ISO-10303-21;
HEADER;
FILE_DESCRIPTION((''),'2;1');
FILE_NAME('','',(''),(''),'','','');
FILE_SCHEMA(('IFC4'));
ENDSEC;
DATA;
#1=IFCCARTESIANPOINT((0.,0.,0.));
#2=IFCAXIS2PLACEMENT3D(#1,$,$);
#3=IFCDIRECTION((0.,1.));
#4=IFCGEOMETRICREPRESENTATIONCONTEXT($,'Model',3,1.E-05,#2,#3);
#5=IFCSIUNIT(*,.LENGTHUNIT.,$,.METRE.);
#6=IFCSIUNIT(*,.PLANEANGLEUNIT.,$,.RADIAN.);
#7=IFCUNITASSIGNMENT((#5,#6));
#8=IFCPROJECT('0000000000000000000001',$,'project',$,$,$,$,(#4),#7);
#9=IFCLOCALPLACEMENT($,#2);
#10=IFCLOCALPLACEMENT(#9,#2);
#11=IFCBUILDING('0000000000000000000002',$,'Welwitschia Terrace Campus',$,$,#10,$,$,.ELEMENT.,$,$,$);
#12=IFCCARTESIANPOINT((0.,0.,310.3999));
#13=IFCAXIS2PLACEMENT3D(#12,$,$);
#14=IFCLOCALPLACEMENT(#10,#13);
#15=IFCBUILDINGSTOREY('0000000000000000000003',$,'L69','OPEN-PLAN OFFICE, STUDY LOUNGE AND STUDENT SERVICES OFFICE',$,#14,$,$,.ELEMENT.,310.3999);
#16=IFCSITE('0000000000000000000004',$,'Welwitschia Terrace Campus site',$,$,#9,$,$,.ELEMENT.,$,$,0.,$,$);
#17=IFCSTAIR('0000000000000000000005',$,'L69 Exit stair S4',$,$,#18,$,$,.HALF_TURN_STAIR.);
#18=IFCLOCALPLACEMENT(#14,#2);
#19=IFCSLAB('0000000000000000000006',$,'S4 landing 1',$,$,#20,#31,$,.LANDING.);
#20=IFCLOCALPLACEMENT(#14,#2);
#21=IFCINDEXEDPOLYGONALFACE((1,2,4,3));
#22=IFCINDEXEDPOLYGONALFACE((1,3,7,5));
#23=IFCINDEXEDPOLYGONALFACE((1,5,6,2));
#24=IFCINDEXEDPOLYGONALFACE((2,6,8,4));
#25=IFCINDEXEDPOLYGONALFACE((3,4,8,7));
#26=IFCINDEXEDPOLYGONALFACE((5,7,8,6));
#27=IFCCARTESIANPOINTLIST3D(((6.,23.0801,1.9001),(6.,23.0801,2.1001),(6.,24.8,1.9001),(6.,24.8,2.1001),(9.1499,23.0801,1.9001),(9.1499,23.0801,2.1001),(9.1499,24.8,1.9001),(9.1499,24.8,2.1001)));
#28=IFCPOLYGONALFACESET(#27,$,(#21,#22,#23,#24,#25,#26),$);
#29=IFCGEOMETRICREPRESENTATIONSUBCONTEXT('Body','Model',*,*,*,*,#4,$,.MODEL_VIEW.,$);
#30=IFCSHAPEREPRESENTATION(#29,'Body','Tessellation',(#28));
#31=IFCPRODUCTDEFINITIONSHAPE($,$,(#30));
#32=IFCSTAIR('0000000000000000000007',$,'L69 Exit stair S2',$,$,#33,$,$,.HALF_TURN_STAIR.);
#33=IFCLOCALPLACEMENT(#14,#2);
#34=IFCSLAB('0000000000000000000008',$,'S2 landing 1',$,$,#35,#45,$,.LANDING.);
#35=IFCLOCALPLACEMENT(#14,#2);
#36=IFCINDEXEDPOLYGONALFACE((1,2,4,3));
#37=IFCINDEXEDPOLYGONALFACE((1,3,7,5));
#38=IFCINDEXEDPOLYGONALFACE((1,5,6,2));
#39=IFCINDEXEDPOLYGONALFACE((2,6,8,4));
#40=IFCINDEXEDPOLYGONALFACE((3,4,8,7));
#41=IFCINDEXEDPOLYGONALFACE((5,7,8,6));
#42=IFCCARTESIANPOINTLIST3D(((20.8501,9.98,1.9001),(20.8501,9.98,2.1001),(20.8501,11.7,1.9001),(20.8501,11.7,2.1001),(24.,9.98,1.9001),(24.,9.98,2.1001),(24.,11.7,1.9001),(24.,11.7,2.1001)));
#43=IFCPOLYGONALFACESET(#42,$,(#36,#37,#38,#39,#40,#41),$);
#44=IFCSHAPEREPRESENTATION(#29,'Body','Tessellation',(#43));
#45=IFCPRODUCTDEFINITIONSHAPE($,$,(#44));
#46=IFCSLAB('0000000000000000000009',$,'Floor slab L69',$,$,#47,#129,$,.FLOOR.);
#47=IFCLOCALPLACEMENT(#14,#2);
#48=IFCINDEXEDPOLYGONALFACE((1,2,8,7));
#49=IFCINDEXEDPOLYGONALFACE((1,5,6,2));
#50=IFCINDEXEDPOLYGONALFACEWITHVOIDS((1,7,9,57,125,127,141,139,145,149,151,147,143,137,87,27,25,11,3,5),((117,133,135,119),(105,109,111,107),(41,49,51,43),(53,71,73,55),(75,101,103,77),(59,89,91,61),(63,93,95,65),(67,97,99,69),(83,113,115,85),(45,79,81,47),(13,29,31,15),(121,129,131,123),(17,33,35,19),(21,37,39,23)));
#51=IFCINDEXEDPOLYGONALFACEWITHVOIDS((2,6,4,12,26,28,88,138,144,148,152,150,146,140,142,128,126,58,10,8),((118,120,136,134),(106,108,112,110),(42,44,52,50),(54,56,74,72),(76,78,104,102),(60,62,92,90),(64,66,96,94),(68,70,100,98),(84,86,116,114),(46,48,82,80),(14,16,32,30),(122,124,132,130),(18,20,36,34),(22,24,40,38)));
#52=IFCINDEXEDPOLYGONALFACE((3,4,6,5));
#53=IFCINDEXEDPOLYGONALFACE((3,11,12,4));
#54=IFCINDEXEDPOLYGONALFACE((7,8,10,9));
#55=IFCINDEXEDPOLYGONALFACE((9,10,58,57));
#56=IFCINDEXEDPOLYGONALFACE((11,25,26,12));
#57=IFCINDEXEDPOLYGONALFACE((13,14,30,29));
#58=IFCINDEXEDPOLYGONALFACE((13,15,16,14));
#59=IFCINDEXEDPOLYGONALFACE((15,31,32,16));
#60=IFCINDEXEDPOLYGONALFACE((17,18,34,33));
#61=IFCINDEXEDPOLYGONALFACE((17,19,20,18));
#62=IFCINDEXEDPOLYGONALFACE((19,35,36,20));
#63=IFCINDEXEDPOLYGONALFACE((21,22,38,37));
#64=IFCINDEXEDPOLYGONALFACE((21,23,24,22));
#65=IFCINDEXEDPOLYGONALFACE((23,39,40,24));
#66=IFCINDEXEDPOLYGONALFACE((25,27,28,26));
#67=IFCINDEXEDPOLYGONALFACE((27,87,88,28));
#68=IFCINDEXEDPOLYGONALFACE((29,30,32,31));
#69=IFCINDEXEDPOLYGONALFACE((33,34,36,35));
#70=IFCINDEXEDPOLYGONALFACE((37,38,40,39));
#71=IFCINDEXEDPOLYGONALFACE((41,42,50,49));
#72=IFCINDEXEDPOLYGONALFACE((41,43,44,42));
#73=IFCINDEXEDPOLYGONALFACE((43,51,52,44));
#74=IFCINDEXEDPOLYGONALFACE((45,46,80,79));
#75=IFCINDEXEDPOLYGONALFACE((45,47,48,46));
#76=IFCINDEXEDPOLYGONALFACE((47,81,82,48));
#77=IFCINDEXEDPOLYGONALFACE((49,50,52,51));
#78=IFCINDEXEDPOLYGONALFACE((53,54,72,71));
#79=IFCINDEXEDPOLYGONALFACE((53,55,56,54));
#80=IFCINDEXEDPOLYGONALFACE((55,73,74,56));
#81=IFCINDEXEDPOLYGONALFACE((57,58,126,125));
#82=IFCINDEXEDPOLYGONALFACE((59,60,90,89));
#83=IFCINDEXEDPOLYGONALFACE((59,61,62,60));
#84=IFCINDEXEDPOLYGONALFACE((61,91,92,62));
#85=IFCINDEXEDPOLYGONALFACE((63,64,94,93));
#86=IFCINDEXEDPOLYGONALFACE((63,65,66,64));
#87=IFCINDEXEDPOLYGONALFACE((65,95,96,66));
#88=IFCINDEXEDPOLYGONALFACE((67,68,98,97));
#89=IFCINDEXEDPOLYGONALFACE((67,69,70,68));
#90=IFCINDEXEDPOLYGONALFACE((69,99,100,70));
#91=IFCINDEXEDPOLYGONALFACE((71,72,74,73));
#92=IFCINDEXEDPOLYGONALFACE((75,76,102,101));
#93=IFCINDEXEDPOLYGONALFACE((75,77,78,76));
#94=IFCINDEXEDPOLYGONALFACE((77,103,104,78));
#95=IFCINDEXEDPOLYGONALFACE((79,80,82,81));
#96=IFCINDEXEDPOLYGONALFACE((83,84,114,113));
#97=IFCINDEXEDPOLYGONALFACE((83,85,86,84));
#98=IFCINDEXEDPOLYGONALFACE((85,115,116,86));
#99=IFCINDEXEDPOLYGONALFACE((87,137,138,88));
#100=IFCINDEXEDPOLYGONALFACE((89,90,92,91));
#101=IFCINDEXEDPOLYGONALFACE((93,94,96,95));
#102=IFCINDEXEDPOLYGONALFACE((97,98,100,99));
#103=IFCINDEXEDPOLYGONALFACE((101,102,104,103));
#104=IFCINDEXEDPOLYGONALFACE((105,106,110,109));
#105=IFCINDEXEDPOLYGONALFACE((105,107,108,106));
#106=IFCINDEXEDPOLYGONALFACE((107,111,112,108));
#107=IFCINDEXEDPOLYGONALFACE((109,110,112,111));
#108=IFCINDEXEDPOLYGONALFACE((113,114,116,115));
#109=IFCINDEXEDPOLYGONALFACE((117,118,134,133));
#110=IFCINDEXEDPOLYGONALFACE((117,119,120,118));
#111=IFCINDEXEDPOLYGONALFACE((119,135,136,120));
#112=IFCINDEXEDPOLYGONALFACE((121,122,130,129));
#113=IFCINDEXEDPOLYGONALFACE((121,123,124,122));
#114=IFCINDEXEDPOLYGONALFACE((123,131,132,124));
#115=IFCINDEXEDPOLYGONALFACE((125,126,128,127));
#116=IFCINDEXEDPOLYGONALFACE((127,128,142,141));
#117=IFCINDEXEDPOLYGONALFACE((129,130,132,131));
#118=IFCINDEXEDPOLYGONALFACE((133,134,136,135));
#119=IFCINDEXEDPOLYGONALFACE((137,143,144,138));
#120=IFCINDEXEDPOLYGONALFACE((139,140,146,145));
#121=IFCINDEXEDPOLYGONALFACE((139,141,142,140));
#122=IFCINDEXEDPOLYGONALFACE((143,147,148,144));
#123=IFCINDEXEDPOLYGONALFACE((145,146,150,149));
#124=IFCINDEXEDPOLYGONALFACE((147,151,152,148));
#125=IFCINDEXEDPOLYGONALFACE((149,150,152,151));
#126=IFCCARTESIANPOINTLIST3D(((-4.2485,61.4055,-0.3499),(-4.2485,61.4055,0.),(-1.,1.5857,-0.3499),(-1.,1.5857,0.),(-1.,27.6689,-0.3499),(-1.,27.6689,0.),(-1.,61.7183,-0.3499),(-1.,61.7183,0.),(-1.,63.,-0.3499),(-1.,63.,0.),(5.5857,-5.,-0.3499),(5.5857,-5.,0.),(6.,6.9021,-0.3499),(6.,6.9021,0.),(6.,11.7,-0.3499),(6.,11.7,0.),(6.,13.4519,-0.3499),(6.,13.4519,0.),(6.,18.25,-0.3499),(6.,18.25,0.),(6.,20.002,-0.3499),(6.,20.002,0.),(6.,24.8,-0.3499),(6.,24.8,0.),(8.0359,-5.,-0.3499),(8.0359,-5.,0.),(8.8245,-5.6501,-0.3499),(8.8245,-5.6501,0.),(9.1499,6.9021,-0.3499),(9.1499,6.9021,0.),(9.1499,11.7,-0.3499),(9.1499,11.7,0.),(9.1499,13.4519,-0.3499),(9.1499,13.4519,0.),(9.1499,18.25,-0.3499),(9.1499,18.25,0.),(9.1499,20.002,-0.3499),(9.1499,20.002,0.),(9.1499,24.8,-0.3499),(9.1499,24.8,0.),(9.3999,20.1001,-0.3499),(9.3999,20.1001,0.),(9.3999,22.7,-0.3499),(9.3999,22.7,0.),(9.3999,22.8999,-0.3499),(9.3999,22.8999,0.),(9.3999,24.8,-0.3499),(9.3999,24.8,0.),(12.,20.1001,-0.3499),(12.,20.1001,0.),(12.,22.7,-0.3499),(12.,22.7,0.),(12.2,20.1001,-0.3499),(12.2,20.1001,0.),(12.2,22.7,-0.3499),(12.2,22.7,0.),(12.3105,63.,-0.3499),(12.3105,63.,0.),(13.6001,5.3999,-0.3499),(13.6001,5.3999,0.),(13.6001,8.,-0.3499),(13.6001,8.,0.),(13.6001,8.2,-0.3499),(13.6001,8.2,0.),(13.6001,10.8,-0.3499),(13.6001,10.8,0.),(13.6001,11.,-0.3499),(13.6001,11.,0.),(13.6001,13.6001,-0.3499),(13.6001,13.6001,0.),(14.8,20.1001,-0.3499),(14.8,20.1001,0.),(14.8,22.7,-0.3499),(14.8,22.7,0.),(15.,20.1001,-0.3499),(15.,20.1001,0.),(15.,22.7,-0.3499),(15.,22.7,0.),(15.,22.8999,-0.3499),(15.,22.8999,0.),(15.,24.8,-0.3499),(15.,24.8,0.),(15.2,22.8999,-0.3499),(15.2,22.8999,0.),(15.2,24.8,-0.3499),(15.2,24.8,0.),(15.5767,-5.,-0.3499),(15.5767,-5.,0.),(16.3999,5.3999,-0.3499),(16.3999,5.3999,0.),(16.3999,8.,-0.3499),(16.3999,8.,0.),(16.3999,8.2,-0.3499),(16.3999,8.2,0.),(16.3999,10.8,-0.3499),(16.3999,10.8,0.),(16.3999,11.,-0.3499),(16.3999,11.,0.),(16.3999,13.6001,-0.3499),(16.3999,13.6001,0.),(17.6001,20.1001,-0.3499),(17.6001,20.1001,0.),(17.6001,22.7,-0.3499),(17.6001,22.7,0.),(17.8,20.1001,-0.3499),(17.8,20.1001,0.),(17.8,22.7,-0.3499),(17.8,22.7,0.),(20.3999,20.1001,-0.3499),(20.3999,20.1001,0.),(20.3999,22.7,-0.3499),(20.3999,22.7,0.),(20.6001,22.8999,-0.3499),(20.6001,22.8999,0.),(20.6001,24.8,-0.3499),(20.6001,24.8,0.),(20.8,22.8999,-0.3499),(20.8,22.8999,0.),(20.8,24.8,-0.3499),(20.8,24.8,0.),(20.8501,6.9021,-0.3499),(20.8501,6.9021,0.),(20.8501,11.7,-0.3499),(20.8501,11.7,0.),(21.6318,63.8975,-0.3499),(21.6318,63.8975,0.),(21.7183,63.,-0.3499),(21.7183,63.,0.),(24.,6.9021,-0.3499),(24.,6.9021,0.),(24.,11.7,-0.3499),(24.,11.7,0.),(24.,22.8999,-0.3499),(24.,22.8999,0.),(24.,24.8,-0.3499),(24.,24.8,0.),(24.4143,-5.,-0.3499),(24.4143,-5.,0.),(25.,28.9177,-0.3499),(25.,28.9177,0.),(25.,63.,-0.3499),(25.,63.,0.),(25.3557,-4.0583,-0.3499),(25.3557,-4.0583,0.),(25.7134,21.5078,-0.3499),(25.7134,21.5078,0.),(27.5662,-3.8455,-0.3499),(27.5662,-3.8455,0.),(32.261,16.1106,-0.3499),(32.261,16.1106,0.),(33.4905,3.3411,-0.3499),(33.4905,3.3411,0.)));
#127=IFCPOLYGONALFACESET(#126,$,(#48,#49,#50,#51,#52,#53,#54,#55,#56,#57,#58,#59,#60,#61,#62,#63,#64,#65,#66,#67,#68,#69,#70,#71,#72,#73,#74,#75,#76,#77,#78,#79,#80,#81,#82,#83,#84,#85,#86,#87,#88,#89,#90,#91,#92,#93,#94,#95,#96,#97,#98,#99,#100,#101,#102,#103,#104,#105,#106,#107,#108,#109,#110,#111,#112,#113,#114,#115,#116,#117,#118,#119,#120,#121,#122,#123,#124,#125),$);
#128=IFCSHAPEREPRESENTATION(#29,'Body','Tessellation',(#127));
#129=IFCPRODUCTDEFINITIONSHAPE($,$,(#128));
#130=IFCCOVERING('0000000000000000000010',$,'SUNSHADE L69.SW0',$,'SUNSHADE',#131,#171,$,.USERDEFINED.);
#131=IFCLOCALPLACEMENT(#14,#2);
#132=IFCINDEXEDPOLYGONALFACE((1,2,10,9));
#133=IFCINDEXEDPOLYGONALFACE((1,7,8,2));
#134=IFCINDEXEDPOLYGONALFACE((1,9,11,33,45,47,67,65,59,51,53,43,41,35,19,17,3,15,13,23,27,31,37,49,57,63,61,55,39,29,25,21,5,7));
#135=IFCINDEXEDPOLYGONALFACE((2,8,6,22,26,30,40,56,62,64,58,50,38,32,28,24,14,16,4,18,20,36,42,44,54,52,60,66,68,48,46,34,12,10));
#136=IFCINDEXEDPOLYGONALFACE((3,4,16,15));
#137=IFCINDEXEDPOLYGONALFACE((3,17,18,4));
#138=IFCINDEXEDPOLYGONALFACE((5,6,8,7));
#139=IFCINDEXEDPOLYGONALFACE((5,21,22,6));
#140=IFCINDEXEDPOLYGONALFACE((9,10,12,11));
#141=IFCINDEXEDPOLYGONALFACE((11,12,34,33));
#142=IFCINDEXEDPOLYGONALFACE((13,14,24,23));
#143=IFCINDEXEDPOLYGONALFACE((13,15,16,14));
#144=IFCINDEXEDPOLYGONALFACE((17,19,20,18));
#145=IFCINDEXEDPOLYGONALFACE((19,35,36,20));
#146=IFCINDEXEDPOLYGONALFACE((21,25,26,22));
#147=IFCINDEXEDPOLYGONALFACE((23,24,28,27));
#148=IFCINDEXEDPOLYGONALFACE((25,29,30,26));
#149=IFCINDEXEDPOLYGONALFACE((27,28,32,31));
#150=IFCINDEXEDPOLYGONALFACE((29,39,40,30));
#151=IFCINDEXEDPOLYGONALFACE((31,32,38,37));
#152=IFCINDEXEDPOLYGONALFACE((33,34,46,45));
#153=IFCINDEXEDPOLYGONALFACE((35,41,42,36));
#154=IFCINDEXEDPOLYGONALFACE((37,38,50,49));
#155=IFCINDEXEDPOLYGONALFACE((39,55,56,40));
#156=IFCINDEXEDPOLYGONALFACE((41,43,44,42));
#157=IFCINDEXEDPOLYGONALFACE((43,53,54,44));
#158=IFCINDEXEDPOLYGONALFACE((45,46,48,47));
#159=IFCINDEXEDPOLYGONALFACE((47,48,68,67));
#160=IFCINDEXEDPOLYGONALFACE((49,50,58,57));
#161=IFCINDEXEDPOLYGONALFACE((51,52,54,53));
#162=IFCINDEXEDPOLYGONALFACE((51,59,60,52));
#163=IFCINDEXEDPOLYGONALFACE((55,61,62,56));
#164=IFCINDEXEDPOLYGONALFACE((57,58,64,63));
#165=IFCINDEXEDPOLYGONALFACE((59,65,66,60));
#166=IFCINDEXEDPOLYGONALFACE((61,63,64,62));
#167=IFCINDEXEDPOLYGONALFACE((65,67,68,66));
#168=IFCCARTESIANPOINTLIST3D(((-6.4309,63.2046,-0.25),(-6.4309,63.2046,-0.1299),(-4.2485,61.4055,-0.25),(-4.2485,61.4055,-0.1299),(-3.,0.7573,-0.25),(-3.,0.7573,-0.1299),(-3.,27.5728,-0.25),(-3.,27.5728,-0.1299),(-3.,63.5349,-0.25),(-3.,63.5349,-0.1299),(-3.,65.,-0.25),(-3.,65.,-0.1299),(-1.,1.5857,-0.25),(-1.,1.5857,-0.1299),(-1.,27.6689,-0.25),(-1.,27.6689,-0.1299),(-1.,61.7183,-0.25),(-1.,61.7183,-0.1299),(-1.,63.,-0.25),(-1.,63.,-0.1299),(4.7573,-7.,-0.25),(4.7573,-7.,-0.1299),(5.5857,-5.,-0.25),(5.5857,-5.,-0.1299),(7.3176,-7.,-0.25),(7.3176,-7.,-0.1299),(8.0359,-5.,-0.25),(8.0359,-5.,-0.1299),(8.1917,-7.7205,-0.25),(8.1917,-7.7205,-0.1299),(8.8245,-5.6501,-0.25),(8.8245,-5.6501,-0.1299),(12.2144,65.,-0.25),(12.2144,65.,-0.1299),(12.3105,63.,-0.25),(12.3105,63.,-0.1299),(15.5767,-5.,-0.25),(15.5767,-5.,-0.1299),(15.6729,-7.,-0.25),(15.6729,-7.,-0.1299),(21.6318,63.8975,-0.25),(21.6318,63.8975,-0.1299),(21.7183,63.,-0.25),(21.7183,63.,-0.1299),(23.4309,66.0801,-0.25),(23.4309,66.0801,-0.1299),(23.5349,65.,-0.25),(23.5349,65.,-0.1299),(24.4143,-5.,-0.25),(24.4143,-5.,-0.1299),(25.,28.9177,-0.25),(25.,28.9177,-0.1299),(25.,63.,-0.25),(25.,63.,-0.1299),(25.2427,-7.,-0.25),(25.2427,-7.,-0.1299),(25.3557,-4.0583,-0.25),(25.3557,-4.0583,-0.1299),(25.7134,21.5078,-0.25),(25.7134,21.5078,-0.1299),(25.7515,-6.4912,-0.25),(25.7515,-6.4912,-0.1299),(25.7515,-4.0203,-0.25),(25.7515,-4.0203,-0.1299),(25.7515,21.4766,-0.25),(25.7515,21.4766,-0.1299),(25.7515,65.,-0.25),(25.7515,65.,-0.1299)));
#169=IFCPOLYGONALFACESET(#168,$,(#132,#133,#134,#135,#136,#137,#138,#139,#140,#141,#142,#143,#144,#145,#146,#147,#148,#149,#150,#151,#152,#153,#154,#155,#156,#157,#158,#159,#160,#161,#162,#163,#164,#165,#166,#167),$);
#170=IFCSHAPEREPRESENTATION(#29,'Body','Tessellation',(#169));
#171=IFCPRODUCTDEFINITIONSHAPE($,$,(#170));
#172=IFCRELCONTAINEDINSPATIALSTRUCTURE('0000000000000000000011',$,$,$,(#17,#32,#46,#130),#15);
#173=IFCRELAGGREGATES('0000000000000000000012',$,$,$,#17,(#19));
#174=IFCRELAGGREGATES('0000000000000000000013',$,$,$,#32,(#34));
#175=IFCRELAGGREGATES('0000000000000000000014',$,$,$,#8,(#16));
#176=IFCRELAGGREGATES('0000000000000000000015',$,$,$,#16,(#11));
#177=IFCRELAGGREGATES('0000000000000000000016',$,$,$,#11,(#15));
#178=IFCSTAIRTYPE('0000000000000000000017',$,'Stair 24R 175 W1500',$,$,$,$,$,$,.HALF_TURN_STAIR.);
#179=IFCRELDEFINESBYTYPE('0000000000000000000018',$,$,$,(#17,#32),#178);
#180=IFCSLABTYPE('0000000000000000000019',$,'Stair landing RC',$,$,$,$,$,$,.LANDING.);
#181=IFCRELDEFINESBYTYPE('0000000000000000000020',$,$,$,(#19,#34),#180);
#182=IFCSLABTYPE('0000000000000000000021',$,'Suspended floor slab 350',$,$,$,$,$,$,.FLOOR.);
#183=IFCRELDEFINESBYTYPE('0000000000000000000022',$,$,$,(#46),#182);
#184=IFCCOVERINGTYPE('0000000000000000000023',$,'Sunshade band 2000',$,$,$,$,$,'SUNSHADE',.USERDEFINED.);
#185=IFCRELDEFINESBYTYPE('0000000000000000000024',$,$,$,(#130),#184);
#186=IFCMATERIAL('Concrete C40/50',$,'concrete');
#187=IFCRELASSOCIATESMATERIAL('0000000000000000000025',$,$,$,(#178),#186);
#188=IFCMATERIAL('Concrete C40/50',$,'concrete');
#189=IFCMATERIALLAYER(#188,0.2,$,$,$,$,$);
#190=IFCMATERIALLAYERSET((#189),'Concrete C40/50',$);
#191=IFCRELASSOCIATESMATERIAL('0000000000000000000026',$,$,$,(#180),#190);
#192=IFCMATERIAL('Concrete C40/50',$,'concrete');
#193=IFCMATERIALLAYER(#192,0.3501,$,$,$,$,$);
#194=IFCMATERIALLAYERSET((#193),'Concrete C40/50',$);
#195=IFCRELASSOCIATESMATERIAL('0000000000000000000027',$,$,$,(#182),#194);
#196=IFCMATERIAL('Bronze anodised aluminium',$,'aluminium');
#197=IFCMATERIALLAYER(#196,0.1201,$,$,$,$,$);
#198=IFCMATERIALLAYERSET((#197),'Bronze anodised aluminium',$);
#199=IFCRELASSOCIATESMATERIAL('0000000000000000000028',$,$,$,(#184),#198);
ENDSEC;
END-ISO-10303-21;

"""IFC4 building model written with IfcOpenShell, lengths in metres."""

from ifc_helpers import new_model, si_unit, direction, frame, origin, place, context, subcontext, project, spatial, polyline, outline, extrude, material, layer, layer_set, type_object, element, aggregate, save


model = new_model("IFC4")

# Units and contexts
model_context = context("Model", 3, precision=1e-05, world=origin(), true_north=direction((0.0, 1.0)))
body_context = subcontext(model_context, "Body", "Model", "MODEL_VIEW")
ifc_project = project(units=[si_unit("LENGTHUNIT", "METRE"), si_unit("PLANEANGLEUNIT", "RADIAN")], contexts=[model_context])

# Site, building, storey
site_placement = place(None, origin())
site = spatial("IfcSite", under=ifc_project, at=site_placement, Name="Welwitschia Terrace Campus site", CompositionType="ELEMENT", RefElevation=0.0)
building_placement = place(site_placement, origin())
building = spatial("IfcBuilding", under=site, at=building_placement, Name="Welwitschia Terrace Campus", CompositionType="ELEMENT")
storey_placement = place(building_placement, frame((0.0, 0.0, 310.3999)))
storey = spatial("IfcBuildingStorey", under=building, at=storey_placement, Name="L69", Description="OPEN-PLAN OFFICE, STUDY LOUNGE AND STUDENT SERVICES OFFICE", CompositionType="ELEMENT", Elevation=310.3999)

# Stairs, slabs
ifc_material_1 = material(Name="Concrete C40/50", Category="concrete")
stair_type = type_object("IfcStairType", Name="Stair 24R 175 W1500", PredefinedType="HALF_TURN_STAIR", material=ifc_material_1)
ifc_material_2 = material(Name="Concrete C40/50", Category="concrete")
ifc_layer_1 = layer(ifc_material_2, 0.2)
ifc_layer_set_1 = layer_set([ifc_layer_1], Name="Concrete C40/50")
slab_type_1 = type_object("IfcSlabType", Name="Stair landing RC", PredefinedType="LANDING", material=ifc_layer_set_1)
stair_1_placement = place(storey_placement, origin())
stair_1 = element("IfcStair", 1, at=stair_1_placement, inside=storey, type_object=stair_type, Name="L69 Exit stair S4", PredefinedType="HALF_TURN_STAIR")
slab_1_placement = place(storey_placement, frame((0.0, 0.0, 1.9001)))
slab_1 = element("IfcSlab", 2, at=slab_1_placement, type_object=slab_type_1, Name="S4 landing 1", PredefinedType="LANDING", context=body_context, shape_type="SweptSolid", body=[
    extrude(outline(polyline([(9.1499, 23.0801), (9.1499, 24.8), (6.0, 24.8), (6.0, 23.0801), (9.1499, 23.0801)])), origin(), (0.0, 0.0, 1.0), 0.2),
])
aggregate(stair_1, [slab_1])
stair_2_placement = place(storey_placement, origin())
stair_2 = element("IfcStair", 3, at=stair_2_placement, inside=storey, type_object=stair_type, Name="L69 Exit stair S2", PredefinedType="HALF_TURN_STAIR")
slab_2_placement = place(storey_placement, frame((0.0, 0.0, 1.9001)))
slab_2 = element("IfcSlab", 4, at=slab_2_placement, type_object=slab_type_1, Name="S2 landing 1", PredefinedType="LANDING", context=body_context, shape_type="SweptSolid", body=[
    extrude(outline(polyline([(24.0, 9.98), (24.0, 11.7), (20.8501, 11.7), (20.8501, 9.98), (24.0, 9.98)])), origin(), (0.0, 0.0, 1.0), 0.2),
])
aggregate(stair_2, [slab_2])

# Slab
ifc_material_3 = material(Name="Concrete C40/50", Category="concrete")
ifc_layer_2 = layer(ifc_material_3, 0.3501)
ifc_layer_set_2 = layer_set([ifc_layer_2], Name="Concrete C40/50")
slab_type_2 = type_object("IfcSlabType", Name="Suspended floor slab 350", PredefinedType="FLOOR", material=ifc_layer_set_2)
slab_3_placement = place(storey_placement, frame((0.0, 0.0, -0.3499)))
element("IfcSlab", 5, at=slab_3_placement, inside=storey, type_object=slab_type_2, Name="Floor slab L69", PredefinedType="FLOOR", context=body_context, shape_type="SweptSolid", body=[
    extrude(outline(polyline([(-4.2485, 61.4055), (-1.0, 61.7183), (-1.0, 63.0), (12.3105, 63.0), (21.6318, 63.8975), (21.7183, 63.0), (25.0, 63.0), (25.0, 28.9177), (25.7134, 21.5078), (32.261, 16.1106), (33.4905, 3.3411), (27.5662, -3.8455), (25.3557, -4.0583), (24.4143, -5.0), (15.5767, -5.0), (8.8245, -5.6501), (8.0359, -5.0), (5.5857, -5.0), (-1.0, 1.5857), (-1.0, 27.6689), (-4.2485, 61.4055)]), holes=[polyline([(13.6001, 8.0), (13.6001, 5.3999), (16.3999, 5.3999), (16.3999, 8.0), (13.6001, 8.0)]), polyline([(9.1499, 11.7), (6.0, 11.7), (6.0, 6.9021), (9.1499, 6.9021), (9.1499, 11.7)]), polyline([(9.1499, 18.25), (6.0, 18.25), (6.0, 13.4519), (9.1499, 13.4519), (9.1499, 18.25)]), polyline([(12.0, 22.7), (9.3999, 22.7), (9.3999, 20.1001), (12.0, 20.1001), (12.0, 22.7)]), polyline([(14.8, 22.7), (12.2, 22.7), (12.2, 20.1001), (14.8, 20.1001), (14.8, 22.7)]), polyline([(9.1499, 24.8), (6.0, 24.8), (6.0, 20.002), (9.1499, 20.002), (9.1499, 24.8)]), polyline([(15.0, 24.8), (9.3999, 24.8), (9.3999, 22.8999), (15.0, 22.8999), (15.0, 24.8)]), polyline([(20.8501, 11.7), (20.8501, 6.9021), (24.0, 6.9021), (24.0, 11.7), (20.8501, 11.7)]), polyline([(16.3999, 10.8), (13.6001, 10.8), (13.6001, 8.2), (16.3999, 8.2), (16.3999, 10.8)]), polyline([(16.3999, 13.6001), (13.6001, 13.6001), (13.6001, 11.0), (16.3999, 11.0), (16.3999, 13.6001)]), polyline([(17.6001, 22.7), (15.0, 22.7), (15.0, 20.1001), (17.6001, 20.1001), (17.6001, 22.7)]), polyline([(20.3999, 22.7), (17.8, 22.7), (17.8, 20.1001), (20.3999, 20.1001), (20.3999, 22.7)]), polyline([(20.6001, 24.8), (15.2, 24.8), (15.2, 22.8999), (20.6001, 22.8999), (20.6001, 24.8)]), polyline([(24.0, 24.8), (20.8, 24.8), (20.8, 22.8999), (24.0, 22.8999), (24.0, 24.8)])]), origin(), (0.0, 0.0, 1.0), 0.3499),
])

# Covering
ifc_material_4 = material(Name="Bronze anodised aluminium", Category="aluminium")
ifc_layer_3 = layer(ifc_material_4, 0.1201)
ifc_layer_set_3 = layer_set([ifc_layer_3], Name="Bronze anodised aluminium")
covering_type_1 = type_object("IfcCoveringType", Name="Sunshade band 2000", ElementType="SUNSHADE", PredefinedType="USERDEFINED", material=ifc_layer_set_3)
covering_1_placement = place(storey_placement, frame((0.0, 0.0, -0.25)))
element("IfcCovering", 6, at=covering_1_placement, inside=storey, type_object=covering_type_1, Name="SUNSHADE L69.SW0", ObjectType="SUNSHADE", PredefinedType="USERDEFINED", context=body_context, shape_type="SweptSolid", body=[
    extrude(outline(polyline([(-3.0, 63.5349), (-3.0, 65.0), (12.2144, 65.0), (23.4309, 66.0801), (23.5349, 65.0), (25.7515, 65.0), (25.7515, 21.4766), (25.7134, 21.5078), (25.0, 28.9177), (25.0, 63.0), (21.7183, 63.0), (21.6318, 63.8975), (12.3105, 63.0), (-1.0, 63.0), (-1.0, 61.7183), (-4.2485, 61.4055), (-1.0, 27.6689), (-1.0, 1.5857), (5.5857, -5.0), (8.0359, -5.0), (8.8245, -5.6501), (15.5767, -5.0), (24.4143, -5.0), (25.3557, -4.0583), (25.7515, -4.0203), (25.7515, -6.4912), (25.2427, -7.0), (15.6729, -7.0), (8.1917, -7.7205), (7.3176, -7.0), (4.7573, -7.0), (-3.0, 0.7573), (-3.0, 27.5728), (-6.4309, 63.2046), (-3.0, 63.5349)])), origin(), (0.0, 0.0, 1.0), 0.1201),
])

save(model, "model.ifc")
